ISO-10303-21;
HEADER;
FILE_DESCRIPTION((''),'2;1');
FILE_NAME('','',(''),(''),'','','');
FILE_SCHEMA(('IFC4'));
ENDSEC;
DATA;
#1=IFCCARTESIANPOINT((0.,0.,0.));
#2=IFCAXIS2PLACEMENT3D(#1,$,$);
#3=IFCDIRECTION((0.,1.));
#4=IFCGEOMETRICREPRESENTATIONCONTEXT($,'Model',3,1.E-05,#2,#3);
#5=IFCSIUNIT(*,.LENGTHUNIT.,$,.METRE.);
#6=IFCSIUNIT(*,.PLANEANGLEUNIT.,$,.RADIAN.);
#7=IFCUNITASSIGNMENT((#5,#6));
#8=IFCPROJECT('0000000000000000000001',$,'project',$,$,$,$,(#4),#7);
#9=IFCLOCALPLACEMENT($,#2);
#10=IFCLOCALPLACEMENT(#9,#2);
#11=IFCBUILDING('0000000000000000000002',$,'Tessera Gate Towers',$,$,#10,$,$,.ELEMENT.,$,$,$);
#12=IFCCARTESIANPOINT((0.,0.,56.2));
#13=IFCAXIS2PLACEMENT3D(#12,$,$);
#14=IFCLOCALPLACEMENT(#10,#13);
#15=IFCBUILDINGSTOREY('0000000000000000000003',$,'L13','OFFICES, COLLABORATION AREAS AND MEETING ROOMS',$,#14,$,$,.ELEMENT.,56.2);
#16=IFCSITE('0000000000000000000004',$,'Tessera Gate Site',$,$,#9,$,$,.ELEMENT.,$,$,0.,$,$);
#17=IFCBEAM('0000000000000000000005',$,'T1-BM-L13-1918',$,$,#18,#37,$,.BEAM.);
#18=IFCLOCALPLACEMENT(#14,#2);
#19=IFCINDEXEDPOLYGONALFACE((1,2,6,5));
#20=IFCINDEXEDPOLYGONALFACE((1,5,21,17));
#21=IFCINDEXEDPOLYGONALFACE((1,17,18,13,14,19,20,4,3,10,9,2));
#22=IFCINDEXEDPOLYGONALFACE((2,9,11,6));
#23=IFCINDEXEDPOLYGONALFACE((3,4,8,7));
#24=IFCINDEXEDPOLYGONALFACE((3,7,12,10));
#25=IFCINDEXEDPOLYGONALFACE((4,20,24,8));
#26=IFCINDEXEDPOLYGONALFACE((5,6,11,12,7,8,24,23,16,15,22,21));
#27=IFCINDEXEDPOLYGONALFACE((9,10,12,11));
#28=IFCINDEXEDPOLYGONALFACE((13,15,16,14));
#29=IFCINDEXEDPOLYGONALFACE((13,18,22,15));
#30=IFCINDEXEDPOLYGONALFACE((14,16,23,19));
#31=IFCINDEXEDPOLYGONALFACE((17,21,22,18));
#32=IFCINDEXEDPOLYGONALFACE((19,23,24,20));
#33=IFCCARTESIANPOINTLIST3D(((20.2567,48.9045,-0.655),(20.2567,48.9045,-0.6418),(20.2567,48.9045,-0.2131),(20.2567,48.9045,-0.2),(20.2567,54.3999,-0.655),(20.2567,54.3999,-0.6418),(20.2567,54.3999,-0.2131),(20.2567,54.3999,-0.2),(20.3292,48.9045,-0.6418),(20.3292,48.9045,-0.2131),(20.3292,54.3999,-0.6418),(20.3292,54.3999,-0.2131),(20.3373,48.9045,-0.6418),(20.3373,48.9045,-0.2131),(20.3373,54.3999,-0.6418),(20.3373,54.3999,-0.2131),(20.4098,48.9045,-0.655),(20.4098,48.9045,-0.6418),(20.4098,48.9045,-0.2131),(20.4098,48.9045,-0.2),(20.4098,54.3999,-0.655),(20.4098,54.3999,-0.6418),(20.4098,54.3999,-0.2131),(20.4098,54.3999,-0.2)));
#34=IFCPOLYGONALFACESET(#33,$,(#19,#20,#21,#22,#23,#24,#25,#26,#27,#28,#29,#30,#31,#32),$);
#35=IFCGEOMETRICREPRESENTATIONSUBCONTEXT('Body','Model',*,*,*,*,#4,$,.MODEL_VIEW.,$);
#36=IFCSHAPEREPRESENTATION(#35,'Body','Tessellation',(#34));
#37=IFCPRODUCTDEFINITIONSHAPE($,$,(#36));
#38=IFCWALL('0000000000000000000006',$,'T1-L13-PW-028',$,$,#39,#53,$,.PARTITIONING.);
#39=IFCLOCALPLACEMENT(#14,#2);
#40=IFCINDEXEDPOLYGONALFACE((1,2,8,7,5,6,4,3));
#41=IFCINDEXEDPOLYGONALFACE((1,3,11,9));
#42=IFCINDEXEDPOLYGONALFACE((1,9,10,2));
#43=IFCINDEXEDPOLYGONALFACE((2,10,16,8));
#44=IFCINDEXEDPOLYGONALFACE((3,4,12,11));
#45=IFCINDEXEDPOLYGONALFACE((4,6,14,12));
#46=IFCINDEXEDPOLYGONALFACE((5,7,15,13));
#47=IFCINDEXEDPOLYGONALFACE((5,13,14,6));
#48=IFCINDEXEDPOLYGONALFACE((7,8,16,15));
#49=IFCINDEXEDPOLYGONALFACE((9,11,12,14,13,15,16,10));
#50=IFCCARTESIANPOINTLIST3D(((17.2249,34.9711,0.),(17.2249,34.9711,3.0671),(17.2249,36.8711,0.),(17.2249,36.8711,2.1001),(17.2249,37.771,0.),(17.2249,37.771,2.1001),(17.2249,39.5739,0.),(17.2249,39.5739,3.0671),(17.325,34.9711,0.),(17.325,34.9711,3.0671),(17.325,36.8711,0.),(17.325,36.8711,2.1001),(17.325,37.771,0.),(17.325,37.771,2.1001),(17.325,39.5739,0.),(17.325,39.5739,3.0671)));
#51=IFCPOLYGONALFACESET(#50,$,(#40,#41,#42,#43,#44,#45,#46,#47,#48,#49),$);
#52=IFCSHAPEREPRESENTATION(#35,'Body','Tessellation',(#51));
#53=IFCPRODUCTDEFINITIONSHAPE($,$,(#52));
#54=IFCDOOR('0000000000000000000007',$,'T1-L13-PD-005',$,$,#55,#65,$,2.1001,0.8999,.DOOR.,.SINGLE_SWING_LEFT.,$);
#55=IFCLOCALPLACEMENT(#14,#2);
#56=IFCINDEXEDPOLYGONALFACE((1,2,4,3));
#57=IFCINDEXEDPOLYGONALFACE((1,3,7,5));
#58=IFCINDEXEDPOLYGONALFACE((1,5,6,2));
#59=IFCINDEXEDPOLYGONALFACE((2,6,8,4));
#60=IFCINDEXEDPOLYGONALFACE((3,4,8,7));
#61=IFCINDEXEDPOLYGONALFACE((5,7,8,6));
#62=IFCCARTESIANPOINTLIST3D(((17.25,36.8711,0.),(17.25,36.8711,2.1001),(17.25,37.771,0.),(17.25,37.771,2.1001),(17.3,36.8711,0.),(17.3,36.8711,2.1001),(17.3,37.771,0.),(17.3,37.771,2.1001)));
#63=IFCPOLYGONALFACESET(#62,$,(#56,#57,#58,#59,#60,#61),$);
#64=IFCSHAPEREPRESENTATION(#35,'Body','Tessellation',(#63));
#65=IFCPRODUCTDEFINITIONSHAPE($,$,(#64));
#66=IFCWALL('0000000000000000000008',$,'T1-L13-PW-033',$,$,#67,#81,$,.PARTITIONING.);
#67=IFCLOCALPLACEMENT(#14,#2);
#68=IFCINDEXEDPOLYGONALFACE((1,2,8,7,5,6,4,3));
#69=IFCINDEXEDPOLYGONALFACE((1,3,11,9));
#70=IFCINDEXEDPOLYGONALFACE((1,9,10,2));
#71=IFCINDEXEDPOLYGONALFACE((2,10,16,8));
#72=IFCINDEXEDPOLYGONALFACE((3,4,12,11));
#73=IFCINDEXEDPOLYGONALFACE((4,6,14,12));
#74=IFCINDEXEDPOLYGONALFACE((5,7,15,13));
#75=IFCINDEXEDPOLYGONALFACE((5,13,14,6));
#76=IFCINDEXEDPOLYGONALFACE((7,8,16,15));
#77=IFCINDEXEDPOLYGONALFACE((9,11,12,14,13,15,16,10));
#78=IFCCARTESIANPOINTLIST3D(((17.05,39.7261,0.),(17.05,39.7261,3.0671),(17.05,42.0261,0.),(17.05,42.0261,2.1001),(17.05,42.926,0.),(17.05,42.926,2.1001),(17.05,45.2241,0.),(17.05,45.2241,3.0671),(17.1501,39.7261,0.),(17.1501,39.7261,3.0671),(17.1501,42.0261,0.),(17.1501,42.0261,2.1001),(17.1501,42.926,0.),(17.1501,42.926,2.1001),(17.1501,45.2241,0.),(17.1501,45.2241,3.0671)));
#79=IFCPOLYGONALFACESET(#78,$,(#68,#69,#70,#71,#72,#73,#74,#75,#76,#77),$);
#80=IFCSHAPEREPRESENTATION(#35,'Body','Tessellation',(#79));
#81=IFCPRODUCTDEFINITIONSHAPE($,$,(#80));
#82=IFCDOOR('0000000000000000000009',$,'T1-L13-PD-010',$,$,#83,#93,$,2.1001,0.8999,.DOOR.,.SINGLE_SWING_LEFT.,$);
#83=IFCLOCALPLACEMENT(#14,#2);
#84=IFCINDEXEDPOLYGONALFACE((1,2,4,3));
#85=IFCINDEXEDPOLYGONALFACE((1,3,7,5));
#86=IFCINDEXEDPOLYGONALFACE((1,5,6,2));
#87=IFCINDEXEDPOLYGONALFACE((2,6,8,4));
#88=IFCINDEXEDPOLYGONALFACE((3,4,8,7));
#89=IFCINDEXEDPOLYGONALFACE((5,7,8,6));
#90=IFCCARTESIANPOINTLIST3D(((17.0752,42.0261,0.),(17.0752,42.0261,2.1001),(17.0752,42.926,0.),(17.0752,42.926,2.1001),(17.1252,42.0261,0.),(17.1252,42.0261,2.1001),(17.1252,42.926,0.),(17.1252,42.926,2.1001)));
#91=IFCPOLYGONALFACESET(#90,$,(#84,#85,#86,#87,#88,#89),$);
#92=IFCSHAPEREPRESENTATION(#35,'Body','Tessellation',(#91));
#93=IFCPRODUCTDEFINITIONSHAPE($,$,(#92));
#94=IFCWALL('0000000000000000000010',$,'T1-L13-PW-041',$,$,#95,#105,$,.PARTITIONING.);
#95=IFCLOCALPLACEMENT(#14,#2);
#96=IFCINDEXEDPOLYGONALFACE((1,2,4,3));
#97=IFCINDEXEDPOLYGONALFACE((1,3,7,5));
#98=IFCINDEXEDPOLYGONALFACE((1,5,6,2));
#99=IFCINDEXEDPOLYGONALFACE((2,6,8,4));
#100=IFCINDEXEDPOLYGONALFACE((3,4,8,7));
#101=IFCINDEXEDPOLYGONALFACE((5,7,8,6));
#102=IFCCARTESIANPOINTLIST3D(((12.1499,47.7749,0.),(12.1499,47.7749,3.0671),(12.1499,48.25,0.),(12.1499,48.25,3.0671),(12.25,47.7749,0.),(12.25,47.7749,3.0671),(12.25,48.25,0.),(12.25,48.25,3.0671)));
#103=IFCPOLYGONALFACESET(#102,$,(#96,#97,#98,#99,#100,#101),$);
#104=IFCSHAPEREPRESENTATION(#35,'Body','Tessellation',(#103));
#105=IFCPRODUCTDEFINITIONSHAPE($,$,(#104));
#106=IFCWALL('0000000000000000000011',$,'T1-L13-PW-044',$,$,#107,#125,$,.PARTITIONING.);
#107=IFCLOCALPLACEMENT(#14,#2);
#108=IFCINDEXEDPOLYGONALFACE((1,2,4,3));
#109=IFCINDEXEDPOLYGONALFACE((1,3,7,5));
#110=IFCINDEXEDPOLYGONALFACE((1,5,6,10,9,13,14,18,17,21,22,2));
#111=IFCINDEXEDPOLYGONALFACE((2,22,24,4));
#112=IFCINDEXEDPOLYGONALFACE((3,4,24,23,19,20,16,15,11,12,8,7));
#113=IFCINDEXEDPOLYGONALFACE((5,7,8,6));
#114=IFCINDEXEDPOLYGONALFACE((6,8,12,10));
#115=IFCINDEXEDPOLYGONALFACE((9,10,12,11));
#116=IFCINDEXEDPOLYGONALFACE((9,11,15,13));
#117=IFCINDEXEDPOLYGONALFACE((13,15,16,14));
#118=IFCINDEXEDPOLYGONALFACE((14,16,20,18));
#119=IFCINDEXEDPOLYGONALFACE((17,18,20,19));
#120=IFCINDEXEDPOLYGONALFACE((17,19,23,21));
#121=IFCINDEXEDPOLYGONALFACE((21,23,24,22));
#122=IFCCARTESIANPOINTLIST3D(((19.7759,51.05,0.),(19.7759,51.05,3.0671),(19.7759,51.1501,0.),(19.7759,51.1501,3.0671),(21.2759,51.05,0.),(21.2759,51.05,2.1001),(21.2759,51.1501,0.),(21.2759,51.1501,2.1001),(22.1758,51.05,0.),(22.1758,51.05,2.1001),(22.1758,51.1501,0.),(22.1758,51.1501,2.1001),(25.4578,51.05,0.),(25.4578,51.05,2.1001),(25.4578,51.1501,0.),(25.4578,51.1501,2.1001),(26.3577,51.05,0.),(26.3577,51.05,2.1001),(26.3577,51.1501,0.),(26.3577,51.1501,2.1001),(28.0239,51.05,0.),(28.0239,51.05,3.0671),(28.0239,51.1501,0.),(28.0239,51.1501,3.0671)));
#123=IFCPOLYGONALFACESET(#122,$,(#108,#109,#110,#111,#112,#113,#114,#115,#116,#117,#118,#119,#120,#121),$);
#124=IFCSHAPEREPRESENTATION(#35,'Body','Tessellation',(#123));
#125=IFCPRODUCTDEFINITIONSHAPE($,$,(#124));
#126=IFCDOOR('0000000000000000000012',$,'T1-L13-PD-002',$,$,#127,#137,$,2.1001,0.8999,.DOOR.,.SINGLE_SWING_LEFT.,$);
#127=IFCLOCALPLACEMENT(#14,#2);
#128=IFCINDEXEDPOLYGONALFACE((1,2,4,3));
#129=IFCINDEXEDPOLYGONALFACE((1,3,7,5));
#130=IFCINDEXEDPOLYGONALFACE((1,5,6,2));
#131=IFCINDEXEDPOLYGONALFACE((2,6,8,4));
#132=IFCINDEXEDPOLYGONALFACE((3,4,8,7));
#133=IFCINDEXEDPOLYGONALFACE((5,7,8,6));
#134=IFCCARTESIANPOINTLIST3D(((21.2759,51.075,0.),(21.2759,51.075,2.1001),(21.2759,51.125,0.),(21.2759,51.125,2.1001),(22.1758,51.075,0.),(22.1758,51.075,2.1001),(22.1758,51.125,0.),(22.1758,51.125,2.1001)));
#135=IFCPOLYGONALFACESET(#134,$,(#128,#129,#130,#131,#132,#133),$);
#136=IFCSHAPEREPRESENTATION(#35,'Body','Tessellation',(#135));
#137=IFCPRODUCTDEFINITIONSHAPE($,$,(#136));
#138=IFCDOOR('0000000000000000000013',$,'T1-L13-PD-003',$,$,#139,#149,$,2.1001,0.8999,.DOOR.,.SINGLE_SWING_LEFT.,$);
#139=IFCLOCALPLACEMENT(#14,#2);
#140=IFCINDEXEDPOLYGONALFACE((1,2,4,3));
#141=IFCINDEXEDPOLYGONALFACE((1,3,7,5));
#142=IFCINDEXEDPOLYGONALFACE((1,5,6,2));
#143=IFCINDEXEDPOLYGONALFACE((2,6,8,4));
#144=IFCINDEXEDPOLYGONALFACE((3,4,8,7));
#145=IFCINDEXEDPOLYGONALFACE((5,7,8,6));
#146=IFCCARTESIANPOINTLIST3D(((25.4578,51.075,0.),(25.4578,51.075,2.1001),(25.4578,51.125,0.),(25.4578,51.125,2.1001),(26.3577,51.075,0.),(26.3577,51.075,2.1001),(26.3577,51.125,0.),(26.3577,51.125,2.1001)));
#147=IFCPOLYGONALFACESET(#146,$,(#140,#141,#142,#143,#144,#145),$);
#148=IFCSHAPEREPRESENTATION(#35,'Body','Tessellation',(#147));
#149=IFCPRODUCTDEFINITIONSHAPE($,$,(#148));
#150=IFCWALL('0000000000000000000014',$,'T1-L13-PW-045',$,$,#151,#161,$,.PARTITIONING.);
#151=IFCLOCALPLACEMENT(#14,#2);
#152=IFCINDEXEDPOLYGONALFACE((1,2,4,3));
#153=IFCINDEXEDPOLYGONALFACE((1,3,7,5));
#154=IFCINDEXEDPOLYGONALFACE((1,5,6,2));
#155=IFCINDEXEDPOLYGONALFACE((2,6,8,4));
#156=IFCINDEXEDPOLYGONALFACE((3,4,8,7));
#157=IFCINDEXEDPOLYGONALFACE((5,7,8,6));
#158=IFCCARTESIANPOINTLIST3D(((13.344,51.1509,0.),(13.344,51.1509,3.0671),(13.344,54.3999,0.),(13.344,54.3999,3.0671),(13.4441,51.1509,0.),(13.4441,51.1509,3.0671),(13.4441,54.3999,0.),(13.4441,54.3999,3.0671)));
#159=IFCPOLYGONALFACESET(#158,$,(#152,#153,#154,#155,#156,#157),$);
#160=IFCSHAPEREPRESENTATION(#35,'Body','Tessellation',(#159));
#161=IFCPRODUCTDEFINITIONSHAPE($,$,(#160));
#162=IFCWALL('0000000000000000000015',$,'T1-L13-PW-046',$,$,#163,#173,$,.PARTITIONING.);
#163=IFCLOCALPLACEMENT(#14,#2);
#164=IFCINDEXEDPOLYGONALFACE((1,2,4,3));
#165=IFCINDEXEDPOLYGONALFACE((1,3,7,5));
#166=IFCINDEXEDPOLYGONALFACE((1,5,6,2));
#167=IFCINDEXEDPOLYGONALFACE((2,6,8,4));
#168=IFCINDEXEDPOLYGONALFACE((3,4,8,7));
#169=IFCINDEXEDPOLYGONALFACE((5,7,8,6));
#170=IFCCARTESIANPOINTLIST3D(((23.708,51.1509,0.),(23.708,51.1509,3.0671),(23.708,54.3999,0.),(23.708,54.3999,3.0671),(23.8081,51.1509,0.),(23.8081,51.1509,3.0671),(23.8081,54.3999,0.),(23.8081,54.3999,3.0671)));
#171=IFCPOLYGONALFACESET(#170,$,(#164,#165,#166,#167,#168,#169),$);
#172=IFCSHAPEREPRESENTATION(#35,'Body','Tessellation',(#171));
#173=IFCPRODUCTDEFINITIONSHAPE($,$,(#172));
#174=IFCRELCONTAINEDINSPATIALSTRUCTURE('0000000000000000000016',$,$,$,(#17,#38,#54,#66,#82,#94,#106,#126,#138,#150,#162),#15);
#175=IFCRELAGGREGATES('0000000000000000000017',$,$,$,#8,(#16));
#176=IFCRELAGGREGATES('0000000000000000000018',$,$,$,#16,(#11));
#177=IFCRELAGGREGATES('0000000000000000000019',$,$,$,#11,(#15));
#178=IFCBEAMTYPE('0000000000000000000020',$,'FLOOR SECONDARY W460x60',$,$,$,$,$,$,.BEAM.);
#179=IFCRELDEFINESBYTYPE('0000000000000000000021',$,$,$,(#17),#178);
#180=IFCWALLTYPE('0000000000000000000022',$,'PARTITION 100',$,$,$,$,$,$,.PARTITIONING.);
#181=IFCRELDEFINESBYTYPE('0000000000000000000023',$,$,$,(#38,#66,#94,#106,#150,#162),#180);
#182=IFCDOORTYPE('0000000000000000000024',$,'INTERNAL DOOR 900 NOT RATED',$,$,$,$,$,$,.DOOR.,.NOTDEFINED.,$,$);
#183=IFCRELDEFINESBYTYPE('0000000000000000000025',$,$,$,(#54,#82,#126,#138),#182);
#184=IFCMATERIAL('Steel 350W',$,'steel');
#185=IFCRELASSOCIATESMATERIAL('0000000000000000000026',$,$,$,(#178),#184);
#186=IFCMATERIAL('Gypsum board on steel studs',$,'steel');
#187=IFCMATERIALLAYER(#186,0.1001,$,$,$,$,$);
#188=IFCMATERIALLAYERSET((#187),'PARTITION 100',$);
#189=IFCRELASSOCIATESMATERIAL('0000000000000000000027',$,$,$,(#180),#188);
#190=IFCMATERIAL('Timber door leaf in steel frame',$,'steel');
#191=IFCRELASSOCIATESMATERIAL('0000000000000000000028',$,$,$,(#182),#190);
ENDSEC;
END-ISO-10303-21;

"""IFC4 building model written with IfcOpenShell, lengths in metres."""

from ifc_helpers import new_model, si_unit, direction, frame, frame_2d, origin, origin_2d, place, context, subcontext, project, spatial, rectangle, i_section, extrude, source, transform, mapped, material, layer, layer_set, material_profile, profile_set, type_object, element, fill, save


model = new_model("IFC4")

# Units and contexts
model_context = context("Model", 3, precision=1e-05, world=origin(), true_north=direction((0.0, 1.0)))
body_context = subcontext(model_context, "Body", "Model", "MODEL_VIEW")
ifc_project = project(units=[si_unit("LENGTHUNIT", "METRE"), si_unit("PLANEANGLEUNIT", "RADIAN")], contexts=[model_context])

# Site, building, storey
site_placement = place(None, origin())
site = spatial("IfcSite", under=ifc_project, at=site_placement, Name="Tessera Gate Site", CompositionType="ELEMENT", RefElevation=0.0)
building_placement = place(site_placement, origin())
building = spatial("IfcBuilding", under=site, at=building_placement, Name="Tessera Gate Towers", CompositionType="ELEMENT")
storey_placement = place(building_placement, frame((0.0, 0.0, 56.2)))
storey = spatial("IfcBuildingStorey", under=building, at=storey_placement, Name="L13", Description="OFFICES, COLLABORATION AREAS AND MEETING ROOMS", CompositionType="ELEMENT", Elevation=56.2)

# Beam
ifc_material_1 = material(Name="Steel 350W", Category="steel")
ifc_material_profile_1 = material_profile(ifc_material_1, i_section(OverallWidth=0.1531, OverallDepth=0.4551, WebThickness=0.0081, FlangeThickness=0.0132, at=origin_2d()), Name="W460x60")
ifc_profile_set_1 = profile_set([ifc_material_profile_1], Name="Steel 350W")
beam_type_1 = type_object("IfcBeamType", Name="FLOOR SECONDARY W460x60", PredefinedType="BEAM", material=ifc_profile_set_1)
beam_1_placement = place(storey_placement, frame((20.3333, 48.9045, -0.4275), z_axis=(0.0, 1.0, 0.0), x_axis=(-1.0, 0.0, 0.0)))
element("IfcBeam", 1, at=beam_1_placement, inside=storey, type_object=beam_type_1, Name="T1-BM-L13-1918", PredefinedType="BEAM", context=body_context, shape_type="SweptSolid", body=[
    extrude(i_section(OverallWidth=0.1531, OverallDepth=0.4551, WebThickness=0.0081, FlangeThickness=0.0132, at=origin_2d()), origin(), (0.0, 0.0, 1.0), 5.4954),
])

# Walls, openings, doors
ifc_material_2 = material(Name="Gypsum board on steel studs", Category="steel")
ifc_layer_1 = layer(ifc_material_2, 0.1001)
ifc_layer_set_1 = layer_set([ifc_layer_1], Name="PARTITION 100")
wall_type_1 = type_object("IfcWallType", Name="PARTITION 100", PredefinedType="PARTITIONING", material=ifc_layer_set_1)
wall_1_placement = place(storey_placement, frame((17.2749, 34.9712, 0.0), z_axis=(0.0, 0.0, 1.0), x_axis=(0.0, 1.0, 0.0)))
wall_1 = element("IfcWall", 2, at=wall_1_placement, inside=storey, type_object=wall_type_1, Name="T1-L13-PW-028", PredefinedType="PARTITIONING", context=body_context, shape_type="SweptSolid", body=[
    extrude(rectangle(XDim=4.6028, YDim=0.1001, at=frame_2d((2.3013, 0.0))), origin(), (0.0, 0.0, 1.0), 3.0671),
])
shared_shape_1 = source(origin(), body_context, "Body", "SweptSolid", [
    extrude(rectangle(XDim=0.8999, YDim=2.1001, at=frame_2d((0.45, 1.05))), frame((0.0, 0.0601, 0.0), z_axis=(0.0, -1.0, 0.0), x_axis=(1.0, 0.0, 0.0)), (0.0, 0.0, 1.0), 0.1201),
])
opening_1_placement = place(wall_1_placement, frame((1.8999, 0.0, 0.0)))
opening_1 = element("IfcOpeningElement", 3, at=opening_1_placement, cuts=wall_1, PredefinedType="OPENING", context=body_context, shape_type="MappedRepresentation", body=[
    mapped(shared_shape_1, transform((0.0, 0.0, 0.0), scale=1.0)),
])
ifc_material_3 = material(Name="Timber door leaf in steel frame", Category="steel")
door_type = type_object("IfcDoorType", Name="INTERNAL DOOR 900 NOT RATED", OperationType="NOTDEFINED", PredefinedType="DOOR", material=ifc_material_3)
shared_shape_2 = source(origin(), body_context, "Body", "SweptSolid", [
    extrude(rectangle(XDim=0.8999, YDim=2.1001, at=frame_2d((0.45, 1.05))), frame((0.0, 0.0249, 0.0), z_axis=(0.0, -1.0, 0.0), x_axis=(1.0, 0.0, 0.0)), (0.0, 0.0, 1.0), 0.05),
])
door_1_placement = place(opening_1_placement, origin())
door_1 = element("IfcDoor", 4, at=door_1_placement, inside=storey, type_object=door_type, Name="T1-L13-PD-005", OperationType="SINGLE_SWING_LEFT", OverallHeight=2.1001, OverallWidth=0.8999, PredefinedType="DOOR", context=body_context, shape_type="MappedRepresentation", body=[
    mapped(shared_shape_2, transform((0.0, 0.0, 0.0), scale=1.0)),
])
fill(opening_1, door_1)
wall_2_placement = place(storey_placement, frame((17.1001, 39.7261, 0.0), z_axis=(0.0, 0.0, 1.0), x_axis=(0.0, 1.0, 0.0)))
wall_2 = element("IfcWall", 5, at=wall_2_placement, inside=storey, type_object=wall_type_1, Name="T1-L13-PW-033", PredefinedType="PARTITIONING", context=body_context, shape_type="SweptSolid", body=[
    extrude(rectangle(XDim=5.498, YDim=0.1001, at=frame_2d((2.749, 0.0))), origin(), (0.0, 0.0, 1.0), 3.0671),
])
opening_2_placement = place(wall_2_placement, frame((2.3, 0.0, 0.0)))
opening_2 = element("IfcOpeningElement", 6, at=opening_2_placement, cuts=wall_2, PredefinedType="OPENING", context=body_context, shape_type="MappedRepresentation", body=[
    mapped(shared_shape_1, transform((0.0, 0.0, 0.0), scale=1.0)),
])
door_2_placement = place(opening_2_placement, origin())
door_2 = element("IfcDoor", 7, at=door_2_placement, inside=storey, type_object=door_type, Name="T1-L13-PD-010", OperationType="SINGLE_SWING_LEFT", OverallHeight=2.1001, OverallWidth=0.8999, PredefinedType="DOOR", context=body_context, shape_type="MappedRepresentation", body=[
    mapped(shared_shape_2, transform((0.0, 0.0, 0.0), scale=1.0)),
])
fill(opening_2, door_2)

# Wall
wall_3_placement = place(storey_placement, frame((12.2, 48.25, 0.0), z_axis=(0.0, 0.0, 1.0), x_axis=(0.0, -1.0, 0.0)))
element("IfcWall", 8, at=wall_3_placement, inside=storey, type_object=wall_type_1, Name="T1-L13-PW-041", PredefinedType="PARTITIONING", context=body_context, shape_type="SweptSolid", body=[
    extrude(rectangle(XDim=0.4751, YDim=0.1001, at=frame_2d((0.2375, 0.0))), origin(), (0.0, 0.0, 1.0), 3.0671),
])

# Wall, openings, doors
wall_4_placement = place(storey_placement, frame((19.7759, 51.1001, 0.0), z_axis=(0.0, 0.0, 1.0), x_axis=(1.0, 0.0, 0.0)))
wall_4 = element("IfcWall", 9, at=wall_4_placement, inside=storey, type_object=wall_type_1, Name="T1-L13-PW-044", PredefinedType="PARTITIONING", context=body_context, shape_type="SweptSolid", body=[
    extrude(rectangle(XDim=8.248, YDim=0.1001, at=frame_2d((4.124, 0.0))), origin(), (0.0, 0.0, 1.0), 3.0671),
])
opening_3_placement = place(wall_4_placement, frame((1.5, 0.0, 0.0)))
opening_3 = element("IfcOpeningElement", 10, at=opening_3_placement, cuts=wall_4, PredefinedType="OPENING", context=body_context, shape_type="MappedRepresentation", body=[
    mapped(shared_shape_1, transform((0.0, 0.0, 0.0), scale=1.0)),
])
opening_4_placement = place(wall_4_placement, frame((5.6819, 0.0, 0.0)))
opening_4 = element("IfcOpeningElement", 11, at=opening_4_placement, cuts=wall_4, PredefinedType="OPENING", context=body_context, shape_type="MappedRepresentation", body=[
    mapped(shared_shape_1, transform((0.0, 0.0, 0.0), scale=1.0)),
])
door_3_placement = place(opening_3_placement, origin())
door_3 = element("IfcDoor", 12, at=door_3_placement, inside=storey, type_object=door_type, Name="T1-L13-PD-002", OperationType="SINGLE_SWING_LEFT", OverallHeight=2.1001, OverallWidth=0.8999, PredefinedType="DOOR", context=body_context, shape_type="MappedRepresentation", body=[
    mapped(shared_shape_2, transform((0.0, 0.0, 0.0), scale=1.0)),
])
fill(opening_3, door_3)
door_4_placement = place(opening_4_placement, origin())
door_4 = element("IfcDoor", 13, at=door_4_placement, inside=storey, type_object=door_type, Name="T1-L13-PD-003", OperationType="SINGLE_SWING_LEFT", OverallHeight=2.1001, OverallWidth=0.8999, PredefinedType="DOOR", context=body_context, shape_type="MappedRepresentation", body=[
    mapped(shared_shape_2, transform((0.0, 0.0, 0.0), scale=1.0)),
])
fill(opening_4, door_4)

# Walls
for number, where, z_axis, x_axis, name in (
    (14, (13.394, 51.1509, 0.0), (0.0, 0.0, 1.0), (0.0, 1.0, 0.0), "T1-L13-PW-045"),
    (15, (23.7581, 51.1509, 0.0), (0.0, 0.0, 1.0), (0.0, 1.0, 0.0), "T1-L13-PW-046"),
):
    element("IfcWall", number, at=place(storey_placement, frame(where, z_axis=z_axis, x_axis=x_axis)), inside=storey, type_object=wall_type_1, Name=name, PredefinedType="PARTITIONING", context=body_context, shape_type="SweptSolid", body=[
        extrude(rectangle(XDim=3.249, YDim=0.1001, at=frame_2d((1.6245, 0.0))), origin(), (0.0, 0.0, 1.0), 3.0671),
    ])

save(model, "model.ifc")
